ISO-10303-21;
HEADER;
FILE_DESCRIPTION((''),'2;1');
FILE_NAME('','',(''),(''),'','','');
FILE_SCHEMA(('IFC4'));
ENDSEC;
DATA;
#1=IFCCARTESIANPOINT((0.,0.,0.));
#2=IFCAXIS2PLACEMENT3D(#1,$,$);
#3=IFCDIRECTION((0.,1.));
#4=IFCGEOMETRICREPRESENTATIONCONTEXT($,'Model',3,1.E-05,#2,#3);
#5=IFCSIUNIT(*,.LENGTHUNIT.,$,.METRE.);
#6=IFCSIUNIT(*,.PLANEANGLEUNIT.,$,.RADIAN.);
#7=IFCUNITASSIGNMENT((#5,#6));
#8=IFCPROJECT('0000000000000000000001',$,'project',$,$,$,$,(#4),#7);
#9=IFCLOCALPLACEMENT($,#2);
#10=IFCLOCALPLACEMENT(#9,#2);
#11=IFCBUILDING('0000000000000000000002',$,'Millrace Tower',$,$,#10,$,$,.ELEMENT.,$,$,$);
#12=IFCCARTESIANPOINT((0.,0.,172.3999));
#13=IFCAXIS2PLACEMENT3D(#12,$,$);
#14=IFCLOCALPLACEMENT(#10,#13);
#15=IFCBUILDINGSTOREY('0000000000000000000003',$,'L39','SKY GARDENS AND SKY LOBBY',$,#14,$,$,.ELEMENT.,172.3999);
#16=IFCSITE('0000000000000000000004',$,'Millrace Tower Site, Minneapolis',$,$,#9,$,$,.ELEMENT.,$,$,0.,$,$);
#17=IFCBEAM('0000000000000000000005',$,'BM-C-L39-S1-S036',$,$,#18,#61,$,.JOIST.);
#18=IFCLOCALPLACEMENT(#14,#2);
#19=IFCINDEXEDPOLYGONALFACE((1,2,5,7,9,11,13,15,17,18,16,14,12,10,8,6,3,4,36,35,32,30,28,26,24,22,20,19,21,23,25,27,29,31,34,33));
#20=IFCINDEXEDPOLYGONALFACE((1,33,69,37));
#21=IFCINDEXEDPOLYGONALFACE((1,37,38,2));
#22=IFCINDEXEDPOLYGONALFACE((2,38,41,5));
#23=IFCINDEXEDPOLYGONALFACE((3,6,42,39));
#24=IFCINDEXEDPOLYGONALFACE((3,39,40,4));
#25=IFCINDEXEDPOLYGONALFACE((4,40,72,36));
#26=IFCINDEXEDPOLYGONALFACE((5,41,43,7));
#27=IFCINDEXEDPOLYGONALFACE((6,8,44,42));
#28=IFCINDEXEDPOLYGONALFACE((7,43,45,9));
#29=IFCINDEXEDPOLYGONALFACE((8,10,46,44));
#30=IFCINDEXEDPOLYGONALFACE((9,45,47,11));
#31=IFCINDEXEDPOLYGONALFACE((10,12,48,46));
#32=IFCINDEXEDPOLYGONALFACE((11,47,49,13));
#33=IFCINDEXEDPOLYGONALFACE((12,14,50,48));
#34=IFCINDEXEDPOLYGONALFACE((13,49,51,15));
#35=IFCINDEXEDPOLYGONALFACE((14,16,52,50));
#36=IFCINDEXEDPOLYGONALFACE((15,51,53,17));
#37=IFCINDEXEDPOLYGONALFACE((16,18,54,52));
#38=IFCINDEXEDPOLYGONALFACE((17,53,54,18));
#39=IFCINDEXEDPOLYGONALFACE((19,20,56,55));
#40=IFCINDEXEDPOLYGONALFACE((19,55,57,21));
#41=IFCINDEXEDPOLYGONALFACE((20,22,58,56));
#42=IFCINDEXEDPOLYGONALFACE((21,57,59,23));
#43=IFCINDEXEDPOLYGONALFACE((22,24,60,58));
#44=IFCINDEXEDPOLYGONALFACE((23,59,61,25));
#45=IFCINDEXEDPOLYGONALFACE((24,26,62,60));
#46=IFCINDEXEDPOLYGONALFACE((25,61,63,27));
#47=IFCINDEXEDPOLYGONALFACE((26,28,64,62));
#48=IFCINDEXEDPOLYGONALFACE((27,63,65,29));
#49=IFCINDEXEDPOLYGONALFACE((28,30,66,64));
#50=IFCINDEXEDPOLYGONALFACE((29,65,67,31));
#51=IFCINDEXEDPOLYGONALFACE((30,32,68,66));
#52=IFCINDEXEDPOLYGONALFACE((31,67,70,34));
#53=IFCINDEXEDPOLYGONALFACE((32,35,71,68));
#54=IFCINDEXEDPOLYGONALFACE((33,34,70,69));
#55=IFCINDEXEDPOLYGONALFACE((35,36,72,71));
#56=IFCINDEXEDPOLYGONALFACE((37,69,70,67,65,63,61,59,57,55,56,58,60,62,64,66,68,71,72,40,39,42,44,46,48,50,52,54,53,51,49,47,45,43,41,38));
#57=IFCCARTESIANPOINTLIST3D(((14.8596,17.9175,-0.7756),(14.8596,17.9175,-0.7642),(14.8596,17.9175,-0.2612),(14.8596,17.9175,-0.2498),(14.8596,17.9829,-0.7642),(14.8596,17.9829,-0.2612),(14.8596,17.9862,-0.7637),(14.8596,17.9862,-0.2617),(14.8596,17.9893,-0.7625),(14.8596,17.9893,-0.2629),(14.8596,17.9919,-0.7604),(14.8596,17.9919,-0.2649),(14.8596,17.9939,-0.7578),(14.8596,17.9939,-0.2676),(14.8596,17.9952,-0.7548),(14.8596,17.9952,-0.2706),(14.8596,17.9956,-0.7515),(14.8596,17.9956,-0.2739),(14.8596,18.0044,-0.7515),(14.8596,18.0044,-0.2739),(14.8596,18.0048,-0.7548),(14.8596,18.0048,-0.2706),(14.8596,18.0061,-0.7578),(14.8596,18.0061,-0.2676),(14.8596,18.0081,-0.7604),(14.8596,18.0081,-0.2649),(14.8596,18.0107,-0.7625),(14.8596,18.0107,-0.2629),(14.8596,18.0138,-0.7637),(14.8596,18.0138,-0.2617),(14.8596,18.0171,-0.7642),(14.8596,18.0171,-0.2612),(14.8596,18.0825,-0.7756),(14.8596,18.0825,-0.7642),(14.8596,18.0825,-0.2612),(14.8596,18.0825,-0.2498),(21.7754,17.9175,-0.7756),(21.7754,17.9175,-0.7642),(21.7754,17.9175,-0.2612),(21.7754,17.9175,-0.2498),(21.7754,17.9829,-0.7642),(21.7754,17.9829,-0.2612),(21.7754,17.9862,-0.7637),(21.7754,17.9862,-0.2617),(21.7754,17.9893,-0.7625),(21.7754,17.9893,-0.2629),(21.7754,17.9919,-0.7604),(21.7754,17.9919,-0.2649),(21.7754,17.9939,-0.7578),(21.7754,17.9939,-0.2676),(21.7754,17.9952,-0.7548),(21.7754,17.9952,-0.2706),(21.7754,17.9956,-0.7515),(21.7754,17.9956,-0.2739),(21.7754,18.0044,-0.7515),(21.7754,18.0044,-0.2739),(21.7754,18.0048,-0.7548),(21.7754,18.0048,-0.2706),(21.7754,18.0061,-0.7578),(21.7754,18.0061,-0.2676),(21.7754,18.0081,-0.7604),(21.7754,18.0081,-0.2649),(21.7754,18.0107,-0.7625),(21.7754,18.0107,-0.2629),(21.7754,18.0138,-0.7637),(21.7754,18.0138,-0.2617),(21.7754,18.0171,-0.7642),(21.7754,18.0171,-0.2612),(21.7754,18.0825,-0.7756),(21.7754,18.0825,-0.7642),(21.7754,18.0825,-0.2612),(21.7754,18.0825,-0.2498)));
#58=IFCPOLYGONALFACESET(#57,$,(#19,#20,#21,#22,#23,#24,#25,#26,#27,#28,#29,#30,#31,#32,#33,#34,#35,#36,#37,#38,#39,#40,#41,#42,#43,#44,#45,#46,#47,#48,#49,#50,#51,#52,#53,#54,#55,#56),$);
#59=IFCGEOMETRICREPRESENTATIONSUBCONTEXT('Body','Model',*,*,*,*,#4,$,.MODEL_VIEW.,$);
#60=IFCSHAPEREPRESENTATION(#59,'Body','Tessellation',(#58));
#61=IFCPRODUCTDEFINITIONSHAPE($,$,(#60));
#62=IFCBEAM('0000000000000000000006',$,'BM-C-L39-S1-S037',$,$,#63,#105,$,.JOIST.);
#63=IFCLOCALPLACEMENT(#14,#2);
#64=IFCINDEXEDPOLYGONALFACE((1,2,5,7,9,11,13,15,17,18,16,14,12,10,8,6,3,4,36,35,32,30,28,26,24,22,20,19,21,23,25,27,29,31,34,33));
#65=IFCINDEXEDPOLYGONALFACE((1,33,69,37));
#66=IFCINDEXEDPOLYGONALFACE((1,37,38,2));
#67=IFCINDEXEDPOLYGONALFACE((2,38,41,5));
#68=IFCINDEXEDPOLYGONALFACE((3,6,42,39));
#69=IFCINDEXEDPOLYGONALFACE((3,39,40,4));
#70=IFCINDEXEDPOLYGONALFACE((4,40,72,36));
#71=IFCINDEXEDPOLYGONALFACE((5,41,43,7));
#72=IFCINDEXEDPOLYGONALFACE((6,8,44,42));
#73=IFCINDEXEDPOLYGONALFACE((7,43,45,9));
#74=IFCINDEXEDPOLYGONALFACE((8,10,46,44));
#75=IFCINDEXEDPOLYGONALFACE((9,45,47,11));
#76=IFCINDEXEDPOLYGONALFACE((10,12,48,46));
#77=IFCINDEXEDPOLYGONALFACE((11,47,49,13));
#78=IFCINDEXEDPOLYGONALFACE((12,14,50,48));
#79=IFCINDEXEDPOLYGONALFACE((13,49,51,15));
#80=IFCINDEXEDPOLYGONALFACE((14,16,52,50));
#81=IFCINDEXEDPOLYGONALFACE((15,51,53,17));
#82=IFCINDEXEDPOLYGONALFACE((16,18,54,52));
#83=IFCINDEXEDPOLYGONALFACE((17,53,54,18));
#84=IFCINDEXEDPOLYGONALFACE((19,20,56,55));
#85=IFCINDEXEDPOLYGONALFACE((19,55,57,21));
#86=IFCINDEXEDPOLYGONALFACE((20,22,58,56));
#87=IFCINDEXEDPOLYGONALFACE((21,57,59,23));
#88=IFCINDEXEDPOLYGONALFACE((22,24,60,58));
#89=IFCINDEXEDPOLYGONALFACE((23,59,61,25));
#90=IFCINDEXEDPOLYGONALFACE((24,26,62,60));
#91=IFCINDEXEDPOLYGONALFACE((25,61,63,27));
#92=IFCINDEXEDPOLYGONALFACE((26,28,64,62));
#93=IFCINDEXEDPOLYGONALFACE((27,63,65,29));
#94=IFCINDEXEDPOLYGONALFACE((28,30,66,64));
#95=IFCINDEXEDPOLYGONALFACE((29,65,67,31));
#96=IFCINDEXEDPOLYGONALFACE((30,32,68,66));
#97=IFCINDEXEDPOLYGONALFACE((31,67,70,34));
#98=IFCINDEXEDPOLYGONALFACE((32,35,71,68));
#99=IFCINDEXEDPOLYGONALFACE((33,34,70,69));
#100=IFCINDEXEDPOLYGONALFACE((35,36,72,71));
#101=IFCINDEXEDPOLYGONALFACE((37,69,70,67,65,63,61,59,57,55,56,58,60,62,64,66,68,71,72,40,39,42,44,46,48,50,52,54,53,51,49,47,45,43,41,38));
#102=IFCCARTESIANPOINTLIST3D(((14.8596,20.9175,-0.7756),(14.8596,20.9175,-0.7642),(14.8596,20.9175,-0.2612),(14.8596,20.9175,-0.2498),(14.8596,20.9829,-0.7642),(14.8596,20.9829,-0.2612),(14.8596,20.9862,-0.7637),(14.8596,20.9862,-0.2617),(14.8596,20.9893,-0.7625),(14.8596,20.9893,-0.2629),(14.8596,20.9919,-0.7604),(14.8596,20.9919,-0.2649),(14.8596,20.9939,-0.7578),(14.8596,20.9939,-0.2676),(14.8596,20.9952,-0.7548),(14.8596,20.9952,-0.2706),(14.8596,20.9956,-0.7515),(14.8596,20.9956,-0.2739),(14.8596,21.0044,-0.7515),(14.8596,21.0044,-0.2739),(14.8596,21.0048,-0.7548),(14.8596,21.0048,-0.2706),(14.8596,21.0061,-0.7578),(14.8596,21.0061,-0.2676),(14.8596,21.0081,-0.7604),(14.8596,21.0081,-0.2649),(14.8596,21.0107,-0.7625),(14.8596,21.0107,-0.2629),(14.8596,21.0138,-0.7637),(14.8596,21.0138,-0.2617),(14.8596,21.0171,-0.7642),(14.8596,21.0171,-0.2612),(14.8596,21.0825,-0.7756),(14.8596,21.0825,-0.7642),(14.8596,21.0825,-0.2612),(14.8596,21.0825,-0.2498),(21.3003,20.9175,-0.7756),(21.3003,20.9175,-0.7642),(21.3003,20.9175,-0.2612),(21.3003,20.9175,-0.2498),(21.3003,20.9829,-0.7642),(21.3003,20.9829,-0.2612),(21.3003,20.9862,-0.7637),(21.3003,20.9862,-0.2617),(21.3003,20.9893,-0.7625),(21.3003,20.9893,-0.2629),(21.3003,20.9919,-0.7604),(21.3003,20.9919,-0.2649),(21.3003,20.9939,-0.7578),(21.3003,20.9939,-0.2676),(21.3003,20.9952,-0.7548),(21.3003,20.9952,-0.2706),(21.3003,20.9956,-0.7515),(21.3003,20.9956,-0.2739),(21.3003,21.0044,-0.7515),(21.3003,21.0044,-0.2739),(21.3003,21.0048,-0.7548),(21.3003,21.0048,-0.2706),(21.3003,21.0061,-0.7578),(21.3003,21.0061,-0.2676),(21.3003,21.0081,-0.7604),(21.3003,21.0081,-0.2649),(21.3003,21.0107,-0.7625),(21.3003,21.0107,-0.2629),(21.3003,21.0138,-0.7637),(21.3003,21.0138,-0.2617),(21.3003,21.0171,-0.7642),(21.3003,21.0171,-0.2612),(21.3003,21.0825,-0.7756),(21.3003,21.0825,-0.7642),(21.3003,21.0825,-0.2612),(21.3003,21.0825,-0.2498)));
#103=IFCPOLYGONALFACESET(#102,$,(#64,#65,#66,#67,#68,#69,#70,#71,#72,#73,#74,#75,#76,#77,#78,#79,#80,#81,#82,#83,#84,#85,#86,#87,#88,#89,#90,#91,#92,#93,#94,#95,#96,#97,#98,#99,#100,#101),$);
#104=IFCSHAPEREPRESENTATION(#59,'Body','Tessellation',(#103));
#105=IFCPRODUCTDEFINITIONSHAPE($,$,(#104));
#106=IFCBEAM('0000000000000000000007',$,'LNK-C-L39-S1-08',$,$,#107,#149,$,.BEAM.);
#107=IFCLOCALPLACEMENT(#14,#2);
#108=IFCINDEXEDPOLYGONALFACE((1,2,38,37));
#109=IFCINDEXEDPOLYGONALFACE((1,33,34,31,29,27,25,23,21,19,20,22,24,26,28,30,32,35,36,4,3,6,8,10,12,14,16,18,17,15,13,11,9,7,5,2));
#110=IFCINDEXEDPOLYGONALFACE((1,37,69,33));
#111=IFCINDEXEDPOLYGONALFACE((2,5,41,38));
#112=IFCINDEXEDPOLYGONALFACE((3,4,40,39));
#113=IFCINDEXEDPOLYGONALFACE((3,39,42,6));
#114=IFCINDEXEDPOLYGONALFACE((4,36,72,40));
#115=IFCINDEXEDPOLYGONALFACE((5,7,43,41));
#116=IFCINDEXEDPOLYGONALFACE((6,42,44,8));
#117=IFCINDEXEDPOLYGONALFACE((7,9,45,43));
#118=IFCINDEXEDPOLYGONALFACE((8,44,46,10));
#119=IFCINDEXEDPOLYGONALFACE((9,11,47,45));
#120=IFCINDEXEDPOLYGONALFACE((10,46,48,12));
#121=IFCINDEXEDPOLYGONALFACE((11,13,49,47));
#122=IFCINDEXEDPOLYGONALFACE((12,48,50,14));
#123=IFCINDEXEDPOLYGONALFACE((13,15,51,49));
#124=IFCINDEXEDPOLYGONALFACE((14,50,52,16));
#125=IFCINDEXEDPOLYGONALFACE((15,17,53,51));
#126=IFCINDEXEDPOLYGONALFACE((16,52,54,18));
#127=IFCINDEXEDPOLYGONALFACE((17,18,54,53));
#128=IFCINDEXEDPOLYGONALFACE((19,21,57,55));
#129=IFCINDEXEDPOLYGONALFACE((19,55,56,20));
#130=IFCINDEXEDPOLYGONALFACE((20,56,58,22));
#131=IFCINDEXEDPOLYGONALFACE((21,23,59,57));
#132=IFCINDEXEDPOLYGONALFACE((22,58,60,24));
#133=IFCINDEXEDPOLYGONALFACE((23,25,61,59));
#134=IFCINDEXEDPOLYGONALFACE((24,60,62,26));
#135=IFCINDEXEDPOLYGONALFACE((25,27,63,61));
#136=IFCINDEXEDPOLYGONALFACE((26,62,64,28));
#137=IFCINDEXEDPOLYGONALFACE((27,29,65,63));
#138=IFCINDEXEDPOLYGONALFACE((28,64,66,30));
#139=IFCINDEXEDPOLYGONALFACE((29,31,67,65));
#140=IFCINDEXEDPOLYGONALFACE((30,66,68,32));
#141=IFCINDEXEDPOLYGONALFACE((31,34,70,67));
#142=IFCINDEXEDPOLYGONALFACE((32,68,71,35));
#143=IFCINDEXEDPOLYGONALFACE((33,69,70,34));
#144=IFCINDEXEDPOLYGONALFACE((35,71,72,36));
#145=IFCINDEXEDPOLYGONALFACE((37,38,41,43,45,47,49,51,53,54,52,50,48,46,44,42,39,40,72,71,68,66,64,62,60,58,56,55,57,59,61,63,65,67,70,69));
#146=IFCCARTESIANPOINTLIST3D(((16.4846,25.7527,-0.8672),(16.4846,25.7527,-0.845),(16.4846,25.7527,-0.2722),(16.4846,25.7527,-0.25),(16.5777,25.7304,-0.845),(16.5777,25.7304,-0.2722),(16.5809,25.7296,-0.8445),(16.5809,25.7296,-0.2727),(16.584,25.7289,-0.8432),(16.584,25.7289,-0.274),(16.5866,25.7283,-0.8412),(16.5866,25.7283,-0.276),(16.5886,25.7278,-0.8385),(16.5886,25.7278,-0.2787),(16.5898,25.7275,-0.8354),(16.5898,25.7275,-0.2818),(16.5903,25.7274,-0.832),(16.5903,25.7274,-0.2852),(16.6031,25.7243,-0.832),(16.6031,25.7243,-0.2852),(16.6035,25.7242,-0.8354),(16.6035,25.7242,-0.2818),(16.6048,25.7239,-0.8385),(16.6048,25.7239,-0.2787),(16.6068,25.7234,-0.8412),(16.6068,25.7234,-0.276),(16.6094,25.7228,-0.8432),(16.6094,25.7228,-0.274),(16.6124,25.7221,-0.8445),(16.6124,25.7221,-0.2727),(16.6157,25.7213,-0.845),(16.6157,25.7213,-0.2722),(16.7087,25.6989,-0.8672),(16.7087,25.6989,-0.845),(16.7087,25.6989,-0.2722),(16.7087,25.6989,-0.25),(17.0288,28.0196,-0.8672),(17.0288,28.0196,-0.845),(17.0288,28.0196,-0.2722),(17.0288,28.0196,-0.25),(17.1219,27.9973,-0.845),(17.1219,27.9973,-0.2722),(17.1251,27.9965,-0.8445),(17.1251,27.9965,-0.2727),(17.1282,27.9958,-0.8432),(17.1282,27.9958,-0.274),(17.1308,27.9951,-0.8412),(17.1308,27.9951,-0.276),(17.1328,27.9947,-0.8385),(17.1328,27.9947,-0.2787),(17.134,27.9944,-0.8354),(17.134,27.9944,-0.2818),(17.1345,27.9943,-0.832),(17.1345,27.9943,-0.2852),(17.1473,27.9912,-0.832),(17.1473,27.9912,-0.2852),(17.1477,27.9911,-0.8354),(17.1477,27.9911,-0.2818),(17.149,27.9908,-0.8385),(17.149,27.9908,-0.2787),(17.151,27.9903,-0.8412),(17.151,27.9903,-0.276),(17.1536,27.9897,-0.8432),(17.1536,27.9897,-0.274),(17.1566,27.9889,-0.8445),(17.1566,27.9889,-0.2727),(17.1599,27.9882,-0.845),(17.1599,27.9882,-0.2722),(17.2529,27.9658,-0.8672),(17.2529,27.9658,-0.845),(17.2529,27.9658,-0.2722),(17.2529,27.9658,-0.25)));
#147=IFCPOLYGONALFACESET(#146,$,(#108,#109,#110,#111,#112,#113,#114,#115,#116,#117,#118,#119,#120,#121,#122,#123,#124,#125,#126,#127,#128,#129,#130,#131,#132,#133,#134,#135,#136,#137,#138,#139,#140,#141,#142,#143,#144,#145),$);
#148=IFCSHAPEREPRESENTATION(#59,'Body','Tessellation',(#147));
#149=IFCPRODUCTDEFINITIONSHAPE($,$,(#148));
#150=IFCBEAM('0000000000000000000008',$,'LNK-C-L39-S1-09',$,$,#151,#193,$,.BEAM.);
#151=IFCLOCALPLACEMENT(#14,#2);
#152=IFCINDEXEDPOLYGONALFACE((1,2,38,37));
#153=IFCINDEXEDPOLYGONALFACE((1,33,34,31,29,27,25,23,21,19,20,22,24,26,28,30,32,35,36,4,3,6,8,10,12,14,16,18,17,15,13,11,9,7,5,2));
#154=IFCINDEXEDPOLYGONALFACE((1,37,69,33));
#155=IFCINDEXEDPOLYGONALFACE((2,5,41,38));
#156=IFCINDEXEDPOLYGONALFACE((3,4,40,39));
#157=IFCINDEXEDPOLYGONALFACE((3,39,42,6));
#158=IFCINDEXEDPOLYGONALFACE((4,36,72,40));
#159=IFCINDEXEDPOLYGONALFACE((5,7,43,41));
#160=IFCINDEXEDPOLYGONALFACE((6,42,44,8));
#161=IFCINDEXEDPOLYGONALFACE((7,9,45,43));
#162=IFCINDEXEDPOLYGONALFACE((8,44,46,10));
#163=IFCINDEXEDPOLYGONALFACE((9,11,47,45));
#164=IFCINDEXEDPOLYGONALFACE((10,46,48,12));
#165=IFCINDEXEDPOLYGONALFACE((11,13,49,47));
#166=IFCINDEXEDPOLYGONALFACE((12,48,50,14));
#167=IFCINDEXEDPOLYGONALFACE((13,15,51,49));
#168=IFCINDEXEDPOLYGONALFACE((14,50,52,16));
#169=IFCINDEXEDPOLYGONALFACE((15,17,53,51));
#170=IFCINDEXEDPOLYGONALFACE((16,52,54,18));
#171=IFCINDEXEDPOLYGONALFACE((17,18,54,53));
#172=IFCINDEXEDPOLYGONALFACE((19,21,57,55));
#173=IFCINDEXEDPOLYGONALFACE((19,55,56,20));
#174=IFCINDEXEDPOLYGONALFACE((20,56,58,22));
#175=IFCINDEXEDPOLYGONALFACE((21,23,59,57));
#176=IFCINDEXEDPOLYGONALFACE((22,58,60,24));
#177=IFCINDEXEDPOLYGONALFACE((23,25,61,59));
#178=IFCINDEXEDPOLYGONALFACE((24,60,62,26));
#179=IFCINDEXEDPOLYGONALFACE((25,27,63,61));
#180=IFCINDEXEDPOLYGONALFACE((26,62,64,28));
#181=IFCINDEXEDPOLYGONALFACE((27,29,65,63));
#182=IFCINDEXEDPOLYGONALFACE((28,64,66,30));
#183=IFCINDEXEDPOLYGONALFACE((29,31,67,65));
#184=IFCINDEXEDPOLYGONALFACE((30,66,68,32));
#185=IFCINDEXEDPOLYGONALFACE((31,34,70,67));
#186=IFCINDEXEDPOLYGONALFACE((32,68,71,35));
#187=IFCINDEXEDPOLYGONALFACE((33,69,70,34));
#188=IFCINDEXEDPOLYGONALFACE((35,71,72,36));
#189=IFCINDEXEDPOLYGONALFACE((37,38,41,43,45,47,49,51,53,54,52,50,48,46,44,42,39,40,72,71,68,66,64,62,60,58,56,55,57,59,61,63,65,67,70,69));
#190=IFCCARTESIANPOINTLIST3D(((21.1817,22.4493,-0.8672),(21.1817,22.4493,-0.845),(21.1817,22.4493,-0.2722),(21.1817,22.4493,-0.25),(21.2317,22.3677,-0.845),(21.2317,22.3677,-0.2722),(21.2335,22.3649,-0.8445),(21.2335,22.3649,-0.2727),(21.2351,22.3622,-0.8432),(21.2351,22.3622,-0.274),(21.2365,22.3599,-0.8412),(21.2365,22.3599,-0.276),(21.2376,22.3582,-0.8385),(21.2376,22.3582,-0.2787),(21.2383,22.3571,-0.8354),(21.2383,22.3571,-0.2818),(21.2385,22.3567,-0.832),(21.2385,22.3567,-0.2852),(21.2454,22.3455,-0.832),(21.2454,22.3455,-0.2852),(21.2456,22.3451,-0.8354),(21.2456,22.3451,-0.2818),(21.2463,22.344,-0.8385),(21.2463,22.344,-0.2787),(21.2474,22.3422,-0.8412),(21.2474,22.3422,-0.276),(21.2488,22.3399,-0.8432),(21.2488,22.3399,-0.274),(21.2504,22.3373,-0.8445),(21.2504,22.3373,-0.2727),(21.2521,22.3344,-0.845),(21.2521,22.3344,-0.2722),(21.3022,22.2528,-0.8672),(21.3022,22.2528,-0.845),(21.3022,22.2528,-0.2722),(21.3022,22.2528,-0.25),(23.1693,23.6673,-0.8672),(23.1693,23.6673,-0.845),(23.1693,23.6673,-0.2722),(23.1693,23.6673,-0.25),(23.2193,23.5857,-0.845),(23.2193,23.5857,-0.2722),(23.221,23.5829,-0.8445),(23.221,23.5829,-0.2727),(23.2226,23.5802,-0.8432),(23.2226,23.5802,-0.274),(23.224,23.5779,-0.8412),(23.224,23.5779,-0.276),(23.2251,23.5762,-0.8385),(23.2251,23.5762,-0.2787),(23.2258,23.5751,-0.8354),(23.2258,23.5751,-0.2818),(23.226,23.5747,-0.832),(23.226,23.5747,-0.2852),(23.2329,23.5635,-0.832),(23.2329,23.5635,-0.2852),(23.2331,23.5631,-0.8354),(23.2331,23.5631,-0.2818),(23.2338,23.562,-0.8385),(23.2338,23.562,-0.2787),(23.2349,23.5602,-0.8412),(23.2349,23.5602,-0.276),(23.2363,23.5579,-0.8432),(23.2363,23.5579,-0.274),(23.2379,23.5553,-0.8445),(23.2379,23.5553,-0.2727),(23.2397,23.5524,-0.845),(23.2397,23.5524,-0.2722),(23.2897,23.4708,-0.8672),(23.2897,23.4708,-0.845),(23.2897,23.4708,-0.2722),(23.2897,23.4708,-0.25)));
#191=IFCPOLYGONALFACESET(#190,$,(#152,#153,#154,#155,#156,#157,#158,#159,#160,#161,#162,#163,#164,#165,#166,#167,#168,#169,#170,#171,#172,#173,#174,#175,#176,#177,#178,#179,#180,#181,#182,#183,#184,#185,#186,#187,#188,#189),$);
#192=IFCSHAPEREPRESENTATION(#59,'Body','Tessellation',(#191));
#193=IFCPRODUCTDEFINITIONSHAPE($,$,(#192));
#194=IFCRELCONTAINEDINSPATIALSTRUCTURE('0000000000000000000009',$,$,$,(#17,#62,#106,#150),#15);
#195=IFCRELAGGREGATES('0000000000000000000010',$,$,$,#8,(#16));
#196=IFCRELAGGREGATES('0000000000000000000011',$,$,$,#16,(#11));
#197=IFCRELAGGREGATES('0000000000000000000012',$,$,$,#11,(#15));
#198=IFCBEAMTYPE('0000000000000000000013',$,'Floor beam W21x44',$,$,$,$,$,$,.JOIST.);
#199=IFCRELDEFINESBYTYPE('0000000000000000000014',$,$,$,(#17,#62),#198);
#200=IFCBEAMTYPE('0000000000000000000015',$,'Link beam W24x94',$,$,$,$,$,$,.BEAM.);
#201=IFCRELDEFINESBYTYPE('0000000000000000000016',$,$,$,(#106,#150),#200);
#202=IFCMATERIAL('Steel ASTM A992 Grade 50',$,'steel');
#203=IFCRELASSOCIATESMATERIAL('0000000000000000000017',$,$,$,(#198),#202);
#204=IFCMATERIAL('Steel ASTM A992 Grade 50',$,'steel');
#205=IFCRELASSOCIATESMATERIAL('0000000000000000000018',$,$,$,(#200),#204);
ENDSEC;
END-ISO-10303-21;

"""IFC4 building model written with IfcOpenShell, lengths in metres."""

from ifc_helpers import new_model, si_unit, direction, frame, origin, origin_2d, place, context, subcontext, project, spatial, i_section, extrude, material, material_profile, profile_set, type_object, element, save


model = new_model("IFC4")

# Units and contexts
model_context = context("Model", 3, precision=1e-05, world=origin(), true_north=direction((0.0, 1.0)))
body_context = subcontext(model_context, "Body", "Model", "MODEL_VIEW")
ifc_project = project(units=[si_unit("LENGTHUNIT", "METRE"), si_unit("PLANEANGLEUNIT", "RADIAN")], contexts=[model_context])

# Site, building, storey
site_placement = place(None, origin())
site = spatial("IfcSite", under=ifc_project, at=site_placement, Name="Millrace Tower Site, Minneapolis", CompositionType="ELEMENT", RefElevation=0.0)
building_placement = place(site_placement, origin())
building = spatial("IfcBuilding", under=site, at=building_placement, Name="Millrace Tower", CompositionType="ELEMENT")
storey_placement = place(building_placement, frame((0.0, 0.0, 172.3999)))
storey = spatial("IfcBuildingStorey", under=building, at=storey_placement, Name="L39", Description="SKY GARDENS AND SKY LOBBY", CompositionType="ELEMENT", Elevation=172.3999)

# Beams
ifc_material_1 = material(Name="Steel ASTM A992 Grade 50", Category="steel")
ifc_material_profile_1 = material_profile(ifc_material_1, i_section(OverallWidth=0.165, OverallDepth=0.5259, WebThickness=0.0088, FlangeThickness=0.0115, FilletRadius=0.0127, at=origin_2d()))
ifc_profile_set_1 = profile_set([ifc_material_profile_1], Name="Steel ASTM A992 Grade 50")
beam_type_1 = type_object("IfcBeamType", Name="Floor beam W21x44", PredefinedType="JOIST", material=ifc_profile_set_1)
beam_1_placement = place(storey_placement, frame((14.8596, 18.0, -0.5127), z_axis=(1.0, 0.0, 0.0), x_axis=(0.0, 1.0, 0.0)))
element("IfcBeam", 1, at=beam_1_placement, inside=storey, type_object=beam_type_1, Name="BM-C-L39-S1-S036", PredefinedType="JOIST", context=body_context, shape_type="SweptSolid", body=[
    extrude(i_section(OverallWidth=0.165, OverallDepth=0.5259, WebThickness=0.0088, FlangeThickness=0.0115, FilletRadius=0.0127, at=origin_2d()), origin(), (0.0, 0.0, 1.0), 6.9158),
])
beam_2_placement = place(storey_placement, frame((14.8596, 21.0, -0.5127), z_axis=(1.0, 0.0, 0.0), x_axis=(0.0, 1.0, 0.0)))
element("IfcBeam", 2, at=beam_2_placement, inside=storey, type_object=beam_type_1, Name="BM-C-L39-S1-S037", PredefinedType="JOIST", context=body_context, shape_type="SweptSolid", body=[
    extrude(i_section(OverallWidth=0.165, OverallDepth=0.5259, WebThickness=0.0088, FlangeThickness=0.0115, FilletRadius=0.0127, at=origin_2d()), origin(), (0.0, 0.0, 1.0), 6.4407),
])
ifc_material_2 = material(Name="Steel ASTM A992 Grade 50", Category="steel")
ifc_material_profile_2 = material_profile(ifc_material_2, i_section(OverallWidth=0.2305, OverallDepth=0.6172, WebThickness=0.0132, FlangeThickness=0.0222, FilletRadius=0.0129, at=origin_2d()))
ifc_profile_set_2 = profile_set([ifc_material_profile_2], Name="Steel ASTM A992 Grade 50")
beam_type_2 = type_object("IfcBeamType", Name="Link beam W24x94", PredefinedType="BEAM", material=ifc_profile_set_2)
beam_3_placement = place(storey_placement, frame((16.5967, 25.7258, -0.5586), z_axis=(0.233432, 0.972373, 0.0), x_axis=(-0.972373, 0.233432, 0.0)))
element("IfcBeam", 3, at=beam_3_placement, inside=storey, type_object=beam_type_2, Name="LNK-C-L39-S1-08", PredefinedType="BEAM", context=body_context, shape_type="SweptSolid", body=[
    extrude(i_section(OverallWidth=0.2305, OverallDepth=0.6172, WebThickness=0.0132, FlangeThickness=0.0222, FilletRadius=0.0129, at=origin_2d()), origin(), (0.0, 0.0, 1.0), 2.3313),
])
beam_4_placement = place(storey_placement, frame((21.2419, 22.3511, -0.5586), z_axis=(0.852631, 0.522513, 0.0), x_axis=(-0.522513, 0.852631, 0.0)))
element("IfcBeam", 4, at=beam_4_placement, inside=storey, type_object=beam_type_2, Name="LNK-C-L39-S1-09", PredefinedType="BEAM", context=body_context, shape_type="SweptSolid", body=[
    extrude(i_section(OverallWidth=0.2305, OverallDepth=0.6172, WebThickness=0.0132, FlangeThickness=0.0222, FilletRadius=0.0129, at=origin_2d()), origin(), (0.0, 0.0, 1.0), 2.3311),
])

save(model, "model.ifc")
